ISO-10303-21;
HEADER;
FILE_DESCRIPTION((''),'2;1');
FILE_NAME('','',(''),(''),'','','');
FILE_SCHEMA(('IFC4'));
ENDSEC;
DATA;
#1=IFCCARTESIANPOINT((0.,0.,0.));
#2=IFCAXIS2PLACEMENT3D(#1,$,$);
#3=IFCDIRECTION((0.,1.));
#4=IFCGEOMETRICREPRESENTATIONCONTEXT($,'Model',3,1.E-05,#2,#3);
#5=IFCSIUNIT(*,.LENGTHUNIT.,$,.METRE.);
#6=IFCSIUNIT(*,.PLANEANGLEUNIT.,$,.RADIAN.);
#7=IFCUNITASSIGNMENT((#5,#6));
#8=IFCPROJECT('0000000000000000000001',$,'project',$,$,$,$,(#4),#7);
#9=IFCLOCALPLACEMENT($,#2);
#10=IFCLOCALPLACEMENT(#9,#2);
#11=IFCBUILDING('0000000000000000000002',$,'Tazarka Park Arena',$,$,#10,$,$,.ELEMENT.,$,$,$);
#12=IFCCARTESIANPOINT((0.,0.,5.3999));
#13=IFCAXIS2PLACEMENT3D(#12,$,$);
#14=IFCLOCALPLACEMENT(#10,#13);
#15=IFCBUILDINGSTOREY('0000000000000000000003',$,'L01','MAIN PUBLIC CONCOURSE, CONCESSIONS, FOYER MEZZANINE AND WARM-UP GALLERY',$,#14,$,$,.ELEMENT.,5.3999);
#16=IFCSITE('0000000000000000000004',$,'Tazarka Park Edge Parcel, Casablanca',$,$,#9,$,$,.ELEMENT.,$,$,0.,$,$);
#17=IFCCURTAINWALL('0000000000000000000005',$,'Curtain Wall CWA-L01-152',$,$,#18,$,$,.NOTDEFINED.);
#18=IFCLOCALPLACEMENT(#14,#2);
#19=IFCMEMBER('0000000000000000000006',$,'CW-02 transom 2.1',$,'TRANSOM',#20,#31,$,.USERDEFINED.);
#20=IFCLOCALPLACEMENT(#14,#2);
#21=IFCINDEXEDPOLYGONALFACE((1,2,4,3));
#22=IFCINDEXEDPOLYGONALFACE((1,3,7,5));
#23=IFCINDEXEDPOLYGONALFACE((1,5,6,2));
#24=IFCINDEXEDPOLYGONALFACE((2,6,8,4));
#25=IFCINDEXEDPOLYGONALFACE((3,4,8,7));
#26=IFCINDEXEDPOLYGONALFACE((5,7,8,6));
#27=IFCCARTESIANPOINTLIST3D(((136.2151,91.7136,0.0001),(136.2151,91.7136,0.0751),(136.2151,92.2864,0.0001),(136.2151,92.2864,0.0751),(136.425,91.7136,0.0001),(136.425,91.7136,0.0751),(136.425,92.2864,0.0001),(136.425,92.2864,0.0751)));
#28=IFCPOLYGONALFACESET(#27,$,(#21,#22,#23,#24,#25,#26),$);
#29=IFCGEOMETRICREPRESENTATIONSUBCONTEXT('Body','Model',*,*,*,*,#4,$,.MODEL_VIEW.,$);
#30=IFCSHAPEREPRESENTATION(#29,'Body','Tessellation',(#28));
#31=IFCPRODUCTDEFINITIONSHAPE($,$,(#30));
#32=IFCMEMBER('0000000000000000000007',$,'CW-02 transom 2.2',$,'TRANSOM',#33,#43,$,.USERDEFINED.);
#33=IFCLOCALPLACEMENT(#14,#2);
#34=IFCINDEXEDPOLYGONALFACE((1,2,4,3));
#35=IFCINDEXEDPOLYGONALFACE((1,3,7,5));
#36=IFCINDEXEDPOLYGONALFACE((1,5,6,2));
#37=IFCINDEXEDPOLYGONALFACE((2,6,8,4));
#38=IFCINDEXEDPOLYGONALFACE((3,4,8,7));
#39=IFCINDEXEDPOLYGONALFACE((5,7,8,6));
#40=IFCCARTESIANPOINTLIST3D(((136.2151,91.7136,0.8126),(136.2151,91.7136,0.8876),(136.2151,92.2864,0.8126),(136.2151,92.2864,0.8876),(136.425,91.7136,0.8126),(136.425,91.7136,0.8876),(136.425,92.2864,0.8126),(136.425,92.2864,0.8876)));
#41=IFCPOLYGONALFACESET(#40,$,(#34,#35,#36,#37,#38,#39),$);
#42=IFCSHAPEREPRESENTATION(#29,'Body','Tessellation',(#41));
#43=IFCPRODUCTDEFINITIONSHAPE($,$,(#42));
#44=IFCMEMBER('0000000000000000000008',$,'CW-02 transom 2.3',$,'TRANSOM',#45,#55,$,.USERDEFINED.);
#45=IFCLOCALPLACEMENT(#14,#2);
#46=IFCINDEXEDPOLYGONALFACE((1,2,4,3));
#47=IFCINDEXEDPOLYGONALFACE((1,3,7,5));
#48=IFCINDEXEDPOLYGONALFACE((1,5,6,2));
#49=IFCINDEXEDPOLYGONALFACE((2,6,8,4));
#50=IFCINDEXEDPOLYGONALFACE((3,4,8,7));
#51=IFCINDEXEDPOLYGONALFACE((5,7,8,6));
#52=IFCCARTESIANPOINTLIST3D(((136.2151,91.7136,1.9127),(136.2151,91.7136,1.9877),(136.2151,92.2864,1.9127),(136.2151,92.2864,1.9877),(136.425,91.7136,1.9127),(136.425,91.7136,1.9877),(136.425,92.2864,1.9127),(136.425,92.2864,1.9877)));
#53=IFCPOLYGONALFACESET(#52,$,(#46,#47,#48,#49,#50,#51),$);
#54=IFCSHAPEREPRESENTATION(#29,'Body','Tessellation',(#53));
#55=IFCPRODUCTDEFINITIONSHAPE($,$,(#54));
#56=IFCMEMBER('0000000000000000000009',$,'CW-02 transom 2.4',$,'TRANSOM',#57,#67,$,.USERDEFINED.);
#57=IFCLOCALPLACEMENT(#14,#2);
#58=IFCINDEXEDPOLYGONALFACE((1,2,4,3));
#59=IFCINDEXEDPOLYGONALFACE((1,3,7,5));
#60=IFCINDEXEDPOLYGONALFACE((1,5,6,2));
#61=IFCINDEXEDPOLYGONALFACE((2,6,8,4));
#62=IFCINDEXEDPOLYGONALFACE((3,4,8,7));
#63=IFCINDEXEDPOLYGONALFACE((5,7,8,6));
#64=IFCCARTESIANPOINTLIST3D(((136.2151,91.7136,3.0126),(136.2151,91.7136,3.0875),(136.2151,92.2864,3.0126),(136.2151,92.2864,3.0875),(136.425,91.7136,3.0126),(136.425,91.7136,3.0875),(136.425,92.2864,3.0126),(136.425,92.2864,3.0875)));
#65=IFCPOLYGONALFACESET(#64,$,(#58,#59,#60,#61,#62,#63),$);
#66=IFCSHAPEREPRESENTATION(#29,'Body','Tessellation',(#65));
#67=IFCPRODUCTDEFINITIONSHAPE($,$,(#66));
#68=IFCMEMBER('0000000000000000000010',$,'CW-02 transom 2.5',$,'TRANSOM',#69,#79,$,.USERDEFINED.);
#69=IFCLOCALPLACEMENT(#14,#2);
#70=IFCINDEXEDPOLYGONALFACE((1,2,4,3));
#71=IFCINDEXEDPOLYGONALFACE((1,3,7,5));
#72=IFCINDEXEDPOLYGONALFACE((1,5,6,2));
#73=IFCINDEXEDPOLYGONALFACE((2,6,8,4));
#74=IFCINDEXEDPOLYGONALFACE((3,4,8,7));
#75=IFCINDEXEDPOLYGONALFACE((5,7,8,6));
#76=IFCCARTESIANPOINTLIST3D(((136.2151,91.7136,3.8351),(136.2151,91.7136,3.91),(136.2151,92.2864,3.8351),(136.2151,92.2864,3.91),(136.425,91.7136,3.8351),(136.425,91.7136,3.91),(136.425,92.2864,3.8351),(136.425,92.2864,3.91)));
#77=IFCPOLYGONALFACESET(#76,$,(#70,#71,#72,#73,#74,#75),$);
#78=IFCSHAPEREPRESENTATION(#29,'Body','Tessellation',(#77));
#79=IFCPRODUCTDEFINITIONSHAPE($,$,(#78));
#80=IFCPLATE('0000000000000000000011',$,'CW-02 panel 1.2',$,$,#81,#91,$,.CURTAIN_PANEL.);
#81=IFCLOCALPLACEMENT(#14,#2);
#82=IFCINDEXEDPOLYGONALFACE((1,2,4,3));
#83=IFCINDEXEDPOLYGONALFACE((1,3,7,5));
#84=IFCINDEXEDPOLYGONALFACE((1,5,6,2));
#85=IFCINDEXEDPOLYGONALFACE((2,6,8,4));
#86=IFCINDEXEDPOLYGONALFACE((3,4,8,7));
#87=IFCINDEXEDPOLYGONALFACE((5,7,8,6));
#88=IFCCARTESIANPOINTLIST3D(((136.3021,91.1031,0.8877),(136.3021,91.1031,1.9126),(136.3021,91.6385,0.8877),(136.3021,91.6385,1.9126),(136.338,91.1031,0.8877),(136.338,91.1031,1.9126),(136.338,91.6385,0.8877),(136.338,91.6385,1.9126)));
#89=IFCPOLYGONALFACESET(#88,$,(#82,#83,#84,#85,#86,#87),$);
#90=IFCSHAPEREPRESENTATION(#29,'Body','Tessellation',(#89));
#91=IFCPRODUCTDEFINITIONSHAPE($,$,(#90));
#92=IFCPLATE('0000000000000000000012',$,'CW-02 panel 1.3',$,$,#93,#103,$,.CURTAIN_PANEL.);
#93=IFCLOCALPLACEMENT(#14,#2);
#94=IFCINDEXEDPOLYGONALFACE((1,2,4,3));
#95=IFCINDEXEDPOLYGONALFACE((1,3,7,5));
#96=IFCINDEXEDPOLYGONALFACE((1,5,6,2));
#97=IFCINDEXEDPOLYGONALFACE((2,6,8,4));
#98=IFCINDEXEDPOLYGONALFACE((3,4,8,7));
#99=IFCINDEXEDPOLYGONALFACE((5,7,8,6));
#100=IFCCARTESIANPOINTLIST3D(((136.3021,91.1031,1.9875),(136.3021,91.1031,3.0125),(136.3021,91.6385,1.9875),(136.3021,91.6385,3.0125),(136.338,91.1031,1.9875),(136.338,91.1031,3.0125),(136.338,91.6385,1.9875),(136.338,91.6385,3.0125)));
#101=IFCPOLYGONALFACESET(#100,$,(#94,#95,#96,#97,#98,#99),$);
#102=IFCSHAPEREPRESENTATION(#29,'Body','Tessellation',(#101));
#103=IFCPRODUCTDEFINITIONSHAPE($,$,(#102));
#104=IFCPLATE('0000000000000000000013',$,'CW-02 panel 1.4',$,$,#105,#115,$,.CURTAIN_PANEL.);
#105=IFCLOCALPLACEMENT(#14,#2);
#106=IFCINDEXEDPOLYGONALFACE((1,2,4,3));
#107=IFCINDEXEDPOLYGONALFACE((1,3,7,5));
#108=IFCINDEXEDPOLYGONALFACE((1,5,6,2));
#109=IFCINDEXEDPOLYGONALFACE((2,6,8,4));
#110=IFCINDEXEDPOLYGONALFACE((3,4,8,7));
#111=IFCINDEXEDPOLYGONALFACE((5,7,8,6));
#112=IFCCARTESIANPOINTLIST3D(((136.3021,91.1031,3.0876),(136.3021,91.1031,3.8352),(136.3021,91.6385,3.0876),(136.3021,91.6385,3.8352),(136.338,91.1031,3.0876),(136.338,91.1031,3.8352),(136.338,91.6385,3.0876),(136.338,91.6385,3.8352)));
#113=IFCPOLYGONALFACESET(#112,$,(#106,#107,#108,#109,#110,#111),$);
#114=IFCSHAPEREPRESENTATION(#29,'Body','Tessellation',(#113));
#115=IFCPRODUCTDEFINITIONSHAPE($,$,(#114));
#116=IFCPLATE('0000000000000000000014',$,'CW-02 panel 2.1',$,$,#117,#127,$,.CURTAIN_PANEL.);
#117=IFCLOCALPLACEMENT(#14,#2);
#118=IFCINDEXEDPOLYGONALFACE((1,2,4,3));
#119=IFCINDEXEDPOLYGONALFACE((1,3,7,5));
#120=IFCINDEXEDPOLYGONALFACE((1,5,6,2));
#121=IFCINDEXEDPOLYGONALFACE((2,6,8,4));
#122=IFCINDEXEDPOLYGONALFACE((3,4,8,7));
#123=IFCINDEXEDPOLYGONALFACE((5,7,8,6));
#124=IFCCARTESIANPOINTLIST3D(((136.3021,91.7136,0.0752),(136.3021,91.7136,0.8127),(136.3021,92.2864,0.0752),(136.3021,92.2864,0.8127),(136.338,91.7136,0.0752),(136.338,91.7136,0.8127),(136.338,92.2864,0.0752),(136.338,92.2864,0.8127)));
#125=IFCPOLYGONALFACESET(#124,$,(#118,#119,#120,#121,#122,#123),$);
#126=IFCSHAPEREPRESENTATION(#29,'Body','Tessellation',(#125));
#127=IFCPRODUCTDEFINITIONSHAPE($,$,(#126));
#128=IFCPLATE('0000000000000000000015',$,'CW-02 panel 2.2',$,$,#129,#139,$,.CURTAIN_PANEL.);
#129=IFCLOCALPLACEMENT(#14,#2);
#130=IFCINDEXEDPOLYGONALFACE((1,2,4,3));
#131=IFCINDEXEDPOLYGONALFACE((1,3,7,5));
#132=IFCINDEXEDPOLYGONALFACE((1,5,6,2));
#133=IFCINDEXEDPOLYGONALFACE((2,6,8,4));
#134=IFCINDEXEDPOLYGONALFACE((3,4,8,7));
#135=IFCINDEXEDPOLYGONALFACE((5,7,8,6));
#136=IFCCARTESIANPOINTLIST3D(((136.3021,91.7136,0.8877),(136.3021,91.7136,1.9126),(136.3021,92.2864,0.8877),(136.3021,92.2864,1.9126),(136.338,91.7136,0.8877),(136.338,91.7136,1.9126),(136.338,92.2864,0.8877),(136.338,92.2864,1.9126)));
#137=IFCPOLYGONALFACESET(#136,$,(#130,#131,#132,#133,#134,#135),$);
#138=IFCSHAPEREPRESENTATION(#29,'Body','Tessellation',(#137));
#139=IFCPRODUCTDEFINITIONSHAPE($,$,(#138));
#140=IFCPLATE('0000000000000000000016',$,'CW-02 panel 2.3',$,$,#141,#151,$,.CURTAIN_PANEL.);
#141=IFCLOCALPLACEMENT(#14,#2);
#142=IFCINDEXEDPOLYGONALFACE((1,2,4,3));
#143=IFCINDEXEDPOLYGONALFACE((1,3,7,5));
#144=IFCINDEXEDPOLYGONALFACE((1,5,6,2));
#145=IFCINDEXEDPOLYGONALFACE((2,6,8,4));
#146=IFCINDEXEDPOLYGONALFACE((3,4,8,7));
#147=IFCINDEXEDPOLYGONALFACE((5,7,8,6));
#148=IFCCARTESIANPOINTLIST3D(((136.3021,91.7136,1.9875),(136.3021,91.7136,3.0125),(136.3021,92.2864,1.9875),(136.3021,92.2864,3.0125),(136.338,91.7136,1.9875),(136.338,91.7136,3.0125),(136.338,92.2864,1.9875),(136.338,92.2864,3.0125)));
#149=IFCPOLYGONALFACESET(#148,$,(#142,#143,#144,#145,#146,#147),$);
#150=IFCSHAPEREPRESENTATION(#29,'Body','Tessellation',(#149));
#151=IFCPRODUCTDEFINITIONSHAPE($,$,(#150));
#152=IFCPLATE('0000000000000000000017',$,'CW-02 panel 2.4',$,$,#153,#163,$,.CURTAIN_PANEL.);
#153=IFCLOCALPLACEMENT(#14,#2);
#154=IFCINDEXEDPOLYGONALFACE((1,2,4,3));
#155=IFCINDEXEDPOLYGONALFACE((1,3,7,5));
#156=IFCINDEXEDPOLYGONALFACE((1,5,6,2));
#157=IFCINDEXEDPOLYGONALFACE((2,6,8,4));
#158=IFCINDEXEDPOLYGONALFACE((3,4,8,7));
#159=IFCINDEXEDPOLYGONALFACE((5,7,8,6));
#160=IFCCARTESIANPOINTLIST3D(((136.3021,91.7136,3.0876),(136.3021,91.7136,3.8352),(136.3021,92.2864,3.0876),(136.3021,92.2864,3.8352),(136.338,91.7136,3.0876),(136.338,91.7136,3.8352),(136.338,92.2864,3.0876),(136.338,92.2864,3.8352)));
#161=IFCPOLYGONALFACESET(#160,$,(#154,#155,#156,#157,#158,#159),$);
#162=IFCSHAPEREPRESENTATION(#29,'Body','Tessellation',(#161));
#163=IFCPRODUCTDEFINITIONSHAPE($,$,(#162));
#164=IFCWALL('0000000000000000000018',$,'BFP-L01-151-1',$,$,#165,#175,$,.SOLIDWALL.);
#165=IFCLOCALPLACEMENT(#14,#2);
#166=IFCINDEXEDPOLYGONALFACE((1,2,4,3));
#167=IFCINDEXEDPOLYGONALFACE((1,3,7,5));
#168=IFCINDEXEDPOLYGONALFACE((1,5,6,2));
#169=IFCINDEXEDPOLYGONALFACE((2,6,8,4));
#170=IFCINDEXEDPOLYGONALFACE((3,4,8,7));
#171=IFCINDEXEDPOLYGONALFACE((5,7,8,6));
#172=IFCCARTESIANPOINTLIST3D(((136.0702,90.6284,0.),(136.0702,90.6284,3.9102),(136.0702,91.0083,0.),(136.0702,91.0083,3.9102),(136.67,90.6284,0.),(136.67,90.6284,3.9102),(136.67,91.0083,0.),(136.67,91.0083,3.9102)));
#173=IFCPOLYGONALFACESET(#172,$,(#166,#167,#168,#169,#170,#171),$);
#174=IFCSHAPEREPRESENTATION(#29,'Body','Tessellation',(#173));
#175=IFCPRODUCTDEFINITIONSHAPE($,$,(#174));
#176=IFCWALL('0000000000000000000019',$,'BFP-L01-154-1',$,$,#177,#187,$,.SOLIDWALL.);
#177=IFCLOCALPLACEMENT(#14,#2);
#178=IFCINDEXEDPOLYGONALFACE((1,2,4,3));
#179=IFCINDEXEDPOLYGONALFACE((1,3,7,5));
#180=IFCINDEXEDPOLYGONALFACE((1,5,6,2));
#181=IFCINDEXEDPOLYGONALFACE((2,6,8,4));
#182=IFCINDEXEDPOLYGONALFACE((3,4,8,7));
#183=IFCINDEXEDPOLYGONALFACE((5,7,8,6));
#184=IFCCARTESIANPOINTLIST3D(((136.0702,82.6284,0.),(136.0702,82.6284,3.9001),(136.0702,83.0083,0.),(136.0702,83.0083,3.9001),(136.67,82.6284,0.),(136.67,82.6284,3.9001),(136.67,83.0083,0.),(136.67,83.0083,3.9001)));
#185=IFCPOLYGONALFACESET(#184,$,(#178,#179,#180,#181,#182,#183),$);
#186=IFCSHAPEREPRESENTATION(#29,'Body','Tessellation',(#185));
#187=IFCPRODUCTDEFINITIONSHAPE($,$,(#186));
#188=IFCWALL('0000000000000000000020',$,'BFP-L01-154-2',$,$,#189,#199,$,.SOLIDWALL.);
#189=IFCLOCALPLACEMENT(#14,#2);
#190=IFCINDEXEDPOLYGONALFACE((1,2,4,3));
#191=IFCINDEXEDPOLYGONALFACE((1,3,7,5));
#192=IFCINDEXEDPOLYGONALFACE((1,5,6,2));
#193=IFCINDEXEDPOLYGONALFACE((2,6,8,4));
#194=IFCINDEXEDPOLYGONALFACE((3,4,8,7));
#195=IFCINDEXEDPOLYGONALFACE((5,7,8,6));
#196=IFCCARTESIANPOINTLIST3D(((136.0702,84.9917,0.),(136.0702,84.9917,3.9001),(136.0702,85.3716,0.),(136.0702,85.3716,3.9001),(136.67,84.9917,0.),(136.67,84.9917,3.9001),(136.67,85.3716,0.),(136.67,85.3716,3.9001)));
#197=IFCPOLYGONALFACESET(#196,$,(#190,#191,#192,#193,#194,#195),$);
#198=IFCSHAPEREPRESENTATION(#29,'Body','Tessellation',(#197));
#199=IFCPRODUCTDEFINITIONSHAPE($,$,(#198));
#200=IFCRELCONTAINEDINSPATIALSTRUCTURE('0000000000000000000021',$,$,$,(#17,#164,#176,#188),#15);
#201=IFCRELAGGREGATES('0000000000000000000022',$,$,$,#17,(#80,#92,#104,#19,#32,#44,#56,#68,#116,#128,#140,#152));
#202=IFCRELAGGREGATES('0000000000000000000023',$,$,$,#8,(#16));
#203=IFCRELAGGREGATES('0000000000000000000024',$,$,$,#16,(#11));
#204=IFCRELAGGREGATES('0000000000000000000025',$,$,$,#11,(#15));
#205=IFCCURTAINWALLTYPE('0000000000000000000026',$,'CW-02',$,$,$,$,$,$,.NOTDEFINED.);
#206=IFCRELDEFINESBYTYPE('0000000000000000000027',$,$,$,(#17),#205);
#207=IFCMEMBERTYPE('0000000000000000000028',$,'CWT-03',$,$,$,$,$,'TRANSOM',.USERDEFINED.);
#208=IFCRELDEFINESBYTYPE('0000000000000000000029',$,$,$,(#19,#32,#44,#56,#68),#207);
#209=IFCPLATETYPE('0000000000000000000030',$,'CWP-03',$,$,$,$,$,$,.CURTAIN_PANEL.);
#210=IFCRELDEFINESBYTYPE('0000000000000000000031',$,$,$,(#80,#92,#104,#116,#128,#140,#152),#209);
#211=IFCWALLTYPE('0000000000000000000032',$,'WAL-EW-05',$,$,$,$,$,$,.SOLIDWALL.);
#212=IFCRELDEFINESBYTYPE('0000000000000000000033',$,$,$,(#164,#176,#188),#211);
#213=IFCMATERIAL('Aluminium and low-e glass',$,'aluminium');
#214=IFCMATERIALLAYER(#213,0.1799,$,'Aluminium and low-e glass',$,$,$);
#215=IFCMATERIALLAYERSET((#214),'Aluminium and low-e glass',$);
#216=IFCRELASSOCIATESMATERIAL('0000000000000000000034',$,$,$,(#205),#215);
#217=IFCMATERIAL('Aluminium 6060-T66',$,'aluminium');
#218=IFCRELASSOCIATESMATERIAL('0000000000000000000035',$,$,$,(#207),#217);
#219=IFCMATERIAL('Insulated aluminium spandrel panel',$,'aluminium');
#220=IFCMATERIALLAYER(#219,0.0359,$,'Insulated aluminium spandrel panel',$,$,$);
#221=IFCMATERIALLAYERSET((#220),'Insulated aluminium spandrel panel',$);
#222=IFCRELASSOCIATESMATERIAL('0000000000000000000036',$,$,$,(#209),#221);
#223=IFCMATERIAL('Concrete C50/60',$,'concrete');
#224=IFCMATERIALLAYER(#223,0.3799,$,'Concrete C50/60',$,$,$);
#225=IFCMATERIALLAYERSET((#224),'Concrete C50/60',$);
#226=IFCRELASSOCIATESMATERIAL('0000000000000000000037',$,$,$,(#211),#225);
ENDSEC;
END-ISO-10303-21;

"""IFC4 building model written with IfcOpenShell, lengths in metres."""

from ifc_helpers import new_model, si_unit, direction, frame, frame_2d, origin, origin_2d, place, context, subcontext, project, spatial, rectangle, extrude, material, layer, layer_set, material_profile, profile_set, type_object, element, aggregate, save


model = new_model("IFC4")

# Units and contexts
model_context = context("Model", 3, precision=1e-05, world=origin(), true_north=direction((0.0, 1.0)))
body_context = subcontext(model_context, "Body", "Model", "MODEL_VIEW")
ifc_project = project(units=[si_unit("LENGTHUNIT", "METRE"), si_unit("PLANEANGLEUNIT", "RADIAN")], contexts=[model_context])

# Site, building, storey
site_placement = place(None, origin())
site = spatial("IfcSite", under=ifc_project, at=site_placement, Name="Tazarka Park Edge Parcel, Casablanca", CompositionType="ELEMENT", RefElevation=0.0)
building_placement = place(site_placement, origin())
building = spatial("IfcBuilding", under=site, at=building_placement, Name="Tazarka Park Arena", CompositionType="ELEMENT")
storey_placement = place(building_placement, frame((0.0, 0.0, 5.3999)))
storey = spatial("IfcBuildingStorey", under=building, at=storey_placement, Name="L01", Description="MAIN PUBLIC CONCOURSE, CONCESSIONS, FOYER MEZZANINE AND WARM-UP GALLERY", CompositionType="ELEMENT", Elevation=5.3999)

# Curtain wall, members, plates
ifc_material_1 = material(Name="Aluminium and low-e glass", Category="aluminium")
ifc_layer_1 = layer(ifc_material_1, 0.1799, Name="Aluminium and low-e glass")
ifc_layer_set_1 = layer_set([ifc_layer_1], Name="Aluminium and low-e glass")
curtain_wall_type = type_object("IfcCurtainWallType", Name="CW-02", PredefinedType="NOTDEFINED", material=ifc_layer_set_1)
curtain_wall_placement = place(storey_placement, origin())
curtain_wall = element("IfcCurtainWall", 1, at=curtain_wall_placement, inside=storey, type_object=curtain_wall_type, Name="Curtain Wall CWA-L01-152", PredefinedType="NOTDEFINED")
ifc_material_2 = material(Name="Aluminium 6060-T66", Category="aluminium")
ifc_material_profile_1 = material_profile(ifc_material_2, rectangle(XDim=0.21, YDim=0.075, at=origin_2d()), Name="Aluminium 6060-T66")
ifc_profile_set_1 = profile_set([ifc_material_profile_1], Name="Aluminium 6060-T66")
member_type_1 = type_object("IfcMemberType", Name="CWT-03", ElementType="TRANSOM", PredefinedType="USERDEFINED", material=ifc_profile_set_1)
member_1_placement = place(storey_placement, frame((136.3201, 91.7136, 0.0376), z_axis=(0.0, 1.0, 0.0), x_axis=(-1.0, 0.0, 0.0)))
member_1 = element("IfcMember", 2, at=member_1_placement, type_object=member_type_1, Name="CW-02 transom 2.1", ObjectType="TRANSOM", PredefinedType="USERDEFINED", context=body_context, shape_type="SweptSolid", body=[
    extrude(rectangle(XDim=0.21, YDim=0.075, at=origin_2d()), origin(), (0.0, 0.0, 1.0), 0.5728),
])
member_2_placement = place(storey_placement, frame((136.3201, 91.7136, 0.8501), z_axis=(0.0, 1.0, 0.0), x_axis=(-1.0, 0.0, 0.0)))
member_2 = element("IfcMember", 3, at=member_2_placement, type_object=member_type_1, Name="CW-02 transom 2.2", ObjectType="TRANSOM", PredefinedType="USERDEFINED", context=body_context, shape_type="SweptSolid", body=[
    extrude(rectangle(XDim=0.21, YDim=0.075, at=origin_2d()), origin(), (0.0, 0.0, 1.0), 0.5728),
])
member_3_placement = place(storey_placement, frame((136.3201, 91.7136, 1.9502), z_axis=(0.0, 1.0, 0.0), x_axis=(-1.0, 0.0, 0.0)))
member_3 = element("IfcMember", 4, at=member_3_placement, type_object=member_type_1, Name="CW-02 transom 2.3", ObjectType="TRANSOM", PredefinedType="USERDEFINED", context=body_context, shape_type="SweptSolid", body=[
    extrude(rectangle(XDim=0.21, YDim=0.075, at=origin_2d()), origin(), (0.0, 0.0, 1.0), 0.5728),
])
member_4_placement = place(storey_placement, frame((136.3201, 91.7136, 3.05), z_axis=(0.0, 1.0, 0.0), x_axis=(-1.0, 0.0, 0.0)))
member_4 = element("IfcMember", 5, at=member_4_placement, type_object=member_type_1, Name="CW-02 transom 2.4", ObjectType="TRANSOM", PredefinedType="USERDEFINED", context=body_context, shape_type="SweptSolid", body=[
    extrude(rectangle(XDim=0.21, YDim=0.075, at=origin_2d()), origin(), (0.0, 0.0, 1.0), 0.5728),
])
member_5_placement = place(storey_placement, frame((136.3201, 91.7136, 3.8726), z_axis=(0.0, 1.0, 0.0), x_axis=(-1.0, 0.0, 0.0)))
member_5 = element("IfcMember", 6, at=member_5_placement, type_object=member_type_1, Name="CW-02 transom 2.5", ObjectType="TRANSOM", PredefinedType="USERDEFINED", context=body_context, shape_type="SweptSolid", body=[
    extrude(rectangle(XDim=0.21, YDim=0.075, at=origin_2d()), origin(), (0.0, 0.0, 1.0), 0.5728),
])
ifc_material_3 = material(Name="Insulated aluminium spandrel panel", Category="aluminium")
ifc_layer_2 = layer(ifc_material_3, 0.0359, Name="Insulated aluminium spandrel panel")
ifc_layer_set_2 = layer_set([ifc_layer_2], Name="Insulated aluminium spandrel panel")
plate_type = type_object("IfcPlateType", Name="CWP-03", PredefinedType="CURTAIN_PANEL", material=ifc_layer_set_2)
plate_1_placement = place(storey_placement, frame((136.3201, 91.3708, 0.8877), z_axis=(0.0, 0.0, 1.0), x_axis=(0.0, 1.0, 0.0)))
plate_1 = element("IfcPlate", 7, at=plate_1_placement, type_object=plate_type, Name="CW-02 panel 1.2", PredefinedType="CURTAIN_PANEL", context=body_context, shape_type="SweptSolid", body=[
    extrude(rectangle(XDim=0.5354, YDim=0.0359, at=origin_2d()), origin(), (0.0, 0.0, 1.0), 1.0249),
])
plate_2_placement = place(storey_placement, frame((136.3201, 91.3708, 1.9875), z_axis=(0.0, 0.0, 1.0), x_axis=(0.0, 1.0, 0.0)))
plate_2 = element("IfcPlate", 8, at=plate_2_placement, type_object=plate_type, Name="CW-02 panel 1.3", PredefinedType="CURTAIN_PANEL", context=body_context, shape_type="SweptSolid", body=[
    extrude(rectangle(XDim=0.5354, YDim=0.0359, at=origin_2d()), origin(), (0.0, 0.0, 1.0), 1.0249),
])
plate_3_placement = place(storey_placement, frame((136.3201, 91.3708, 3.0876), z_axis=(0.0, 0.0, 1.0), x_axis=(0.0, 1.0, 0.0)))
plate_3 = element("IfcPlate", 9, at=plate_3_placement, type_object=plate_type, Name="CW-02 panel 1.4", PredefinedType="CURTAIN_PANEL", context=body_context, shape_type="SweptSolid", body=[
    extrude(rectangle(XDim=0.5354, YDim=0.0359, at=origin_2d()), origin(), (0.0, 0.0, 1.0), 0.7476),
])
plate_4_placement = place(storey_placement, frame((136.3201, 92.0, 0.0752), z_axis=(0.0, 0.0, 1.0), x_axis=(0.0, 1.0, 0.0)))
plate_4 = element("IfcPlate", 10, at=plate_4_placement, type_object=plate_type, Name="CW-02 panel 2.1", PredefinedType="CURTAIN_PANEL", context=body_context, shape_type="SweptSolid", body=[
    extrude(rectangle(XDim=0.5728, YDim=0.0359, at=origin_2d()), origin(), (0.0, 0.0, 1.0), 0.7375),
])
plate_5_placement = place(storey_placement, frame((136.3201, 92.0, 0.8877), z_axis=(0.0, 0.0, 1.0), x_axis=(0.0, 1.0, 0.0)))
plate_5 = element("IfcPlate", 11, at=plate_5_placement, type_object=plate_type, Name="CW-02 panel 2.2", PredefinedType="CURTAIN_PANEL", context=body_context, shape_type="SweptSolid", body=[
    extrude(rectangle(XDim=0.5728, YDim=0.0359, at=origin_2d()), origin(), (0.0, 0.0, 1.0), 1.0249),
])
plate_6_placement = place(storey_placement, frame((136.3201, 92.0, 1.9875), z_axis=(0.0, 0.0, 1.0), x_axis=(0.0, 1.0, 0.0)))
plate_6 = element("IfcPlate", 12, at=plate_6_placement, type_object=plate_type, Name="CW-02 panel 2.3", PredefinedType="CURTAIN_PANEL", context=body_context, shape_type="SweptSolid", body=[
    extrude(rectangle(XDim=0.5728, YDim=0.0359, at=origin_2d()), origin(), (0.0, 0.0, 1.0), 1.0249),
])
plate_7_placement = place(storey_placement, frame((136.3201, 92.0, 3.0876), z_axis=(0.0, 0.0, 1.0), x_axis=(0.0, 1.0, 0.0)))
plate_7 = element("IfcPlate", 13, at=plate_7_placement, type_object=plate_type, Name="CW-02 panel 2.4", PredefinedType="CURTAIN_PANEL", context=body_context, shape_type="SweptSolid", body=[
    extrude(rectangle(XDim=0.5728, YDim=0.0359, at=origin_2d()), origin(), (0.0, 0.0, 1.0), 0.7476),
])
aggregate(curtain_wall, [plate_1, plate_2, plate_3, member_1, member_2, member_3, member_4, member_5, plate_4, plate_5, plate_6, plate_7])

# Walls
ifc_material_4 = material(Name="Concrete C50/60", Category="concrete")
ifc_layer_3 = layer(ifc_material_4, 0.3799, Name="Concrete C50/60")
ifc_layer_set_3 = layer_set([ifc_layer_3], Name="Concrete C50/60")
wall_type = type_object("IfcWallType", Name="WAL-EW-05", PredefinedType="SOLIDWALL", material=ifc_layer_set_3)
wall_placement = place(storey_placement, frame((136.6699, 90.8184, 0.0), z_axis=(0.0, 0.0, 1.0), x_axis=(-1.0, 0.0, 0.0)))
element("IfcWall", 14, at=wall_placement, inside=storey, type_object=wall_type, Name="BFP-L01-151-1", PredefinedType="SOLIDWALL", context=body_context, shape_type="SweptSolid", body=[
    extrude(rectangle(XDim=0.5999, YDim=0.3799, at=frame_2d((0.2998, 0.0))), origin(), (0.0, 0.0, 1.0), 3.9102),
])
for number, where, z_axis, x_axis, name in (
    (15, (136.6699, 82.8184, 0.0), (0.0, 0.0, 1.0), (-1.0, 0.0, 0.0), "BFP-L01-154-1"),
    (16, (136.6699, 85.1816, 0.0), (0.0, 0.0, 1.0), (-1.0, 0.0, 0.0), "BFP-L01-154-2"),
):
    element("IfcWall", number, at=place(storey_placement, frame(where, z_axis=z_axis, x_axis=x_axis)), inside=storey, type_object=wall_type, Name=name, PredefinedType="SOLIDWALL", context=body_context, shape_type="SweptSolid", body=[
        extrude(rectangle(XDim=0.5999, YDim=0.3799, at=frame_2d((0.2998, 0.0))), origin(), (0.0, 0.0, 1.0), 3.9001),
    ])

save(model, "model.ifc")
